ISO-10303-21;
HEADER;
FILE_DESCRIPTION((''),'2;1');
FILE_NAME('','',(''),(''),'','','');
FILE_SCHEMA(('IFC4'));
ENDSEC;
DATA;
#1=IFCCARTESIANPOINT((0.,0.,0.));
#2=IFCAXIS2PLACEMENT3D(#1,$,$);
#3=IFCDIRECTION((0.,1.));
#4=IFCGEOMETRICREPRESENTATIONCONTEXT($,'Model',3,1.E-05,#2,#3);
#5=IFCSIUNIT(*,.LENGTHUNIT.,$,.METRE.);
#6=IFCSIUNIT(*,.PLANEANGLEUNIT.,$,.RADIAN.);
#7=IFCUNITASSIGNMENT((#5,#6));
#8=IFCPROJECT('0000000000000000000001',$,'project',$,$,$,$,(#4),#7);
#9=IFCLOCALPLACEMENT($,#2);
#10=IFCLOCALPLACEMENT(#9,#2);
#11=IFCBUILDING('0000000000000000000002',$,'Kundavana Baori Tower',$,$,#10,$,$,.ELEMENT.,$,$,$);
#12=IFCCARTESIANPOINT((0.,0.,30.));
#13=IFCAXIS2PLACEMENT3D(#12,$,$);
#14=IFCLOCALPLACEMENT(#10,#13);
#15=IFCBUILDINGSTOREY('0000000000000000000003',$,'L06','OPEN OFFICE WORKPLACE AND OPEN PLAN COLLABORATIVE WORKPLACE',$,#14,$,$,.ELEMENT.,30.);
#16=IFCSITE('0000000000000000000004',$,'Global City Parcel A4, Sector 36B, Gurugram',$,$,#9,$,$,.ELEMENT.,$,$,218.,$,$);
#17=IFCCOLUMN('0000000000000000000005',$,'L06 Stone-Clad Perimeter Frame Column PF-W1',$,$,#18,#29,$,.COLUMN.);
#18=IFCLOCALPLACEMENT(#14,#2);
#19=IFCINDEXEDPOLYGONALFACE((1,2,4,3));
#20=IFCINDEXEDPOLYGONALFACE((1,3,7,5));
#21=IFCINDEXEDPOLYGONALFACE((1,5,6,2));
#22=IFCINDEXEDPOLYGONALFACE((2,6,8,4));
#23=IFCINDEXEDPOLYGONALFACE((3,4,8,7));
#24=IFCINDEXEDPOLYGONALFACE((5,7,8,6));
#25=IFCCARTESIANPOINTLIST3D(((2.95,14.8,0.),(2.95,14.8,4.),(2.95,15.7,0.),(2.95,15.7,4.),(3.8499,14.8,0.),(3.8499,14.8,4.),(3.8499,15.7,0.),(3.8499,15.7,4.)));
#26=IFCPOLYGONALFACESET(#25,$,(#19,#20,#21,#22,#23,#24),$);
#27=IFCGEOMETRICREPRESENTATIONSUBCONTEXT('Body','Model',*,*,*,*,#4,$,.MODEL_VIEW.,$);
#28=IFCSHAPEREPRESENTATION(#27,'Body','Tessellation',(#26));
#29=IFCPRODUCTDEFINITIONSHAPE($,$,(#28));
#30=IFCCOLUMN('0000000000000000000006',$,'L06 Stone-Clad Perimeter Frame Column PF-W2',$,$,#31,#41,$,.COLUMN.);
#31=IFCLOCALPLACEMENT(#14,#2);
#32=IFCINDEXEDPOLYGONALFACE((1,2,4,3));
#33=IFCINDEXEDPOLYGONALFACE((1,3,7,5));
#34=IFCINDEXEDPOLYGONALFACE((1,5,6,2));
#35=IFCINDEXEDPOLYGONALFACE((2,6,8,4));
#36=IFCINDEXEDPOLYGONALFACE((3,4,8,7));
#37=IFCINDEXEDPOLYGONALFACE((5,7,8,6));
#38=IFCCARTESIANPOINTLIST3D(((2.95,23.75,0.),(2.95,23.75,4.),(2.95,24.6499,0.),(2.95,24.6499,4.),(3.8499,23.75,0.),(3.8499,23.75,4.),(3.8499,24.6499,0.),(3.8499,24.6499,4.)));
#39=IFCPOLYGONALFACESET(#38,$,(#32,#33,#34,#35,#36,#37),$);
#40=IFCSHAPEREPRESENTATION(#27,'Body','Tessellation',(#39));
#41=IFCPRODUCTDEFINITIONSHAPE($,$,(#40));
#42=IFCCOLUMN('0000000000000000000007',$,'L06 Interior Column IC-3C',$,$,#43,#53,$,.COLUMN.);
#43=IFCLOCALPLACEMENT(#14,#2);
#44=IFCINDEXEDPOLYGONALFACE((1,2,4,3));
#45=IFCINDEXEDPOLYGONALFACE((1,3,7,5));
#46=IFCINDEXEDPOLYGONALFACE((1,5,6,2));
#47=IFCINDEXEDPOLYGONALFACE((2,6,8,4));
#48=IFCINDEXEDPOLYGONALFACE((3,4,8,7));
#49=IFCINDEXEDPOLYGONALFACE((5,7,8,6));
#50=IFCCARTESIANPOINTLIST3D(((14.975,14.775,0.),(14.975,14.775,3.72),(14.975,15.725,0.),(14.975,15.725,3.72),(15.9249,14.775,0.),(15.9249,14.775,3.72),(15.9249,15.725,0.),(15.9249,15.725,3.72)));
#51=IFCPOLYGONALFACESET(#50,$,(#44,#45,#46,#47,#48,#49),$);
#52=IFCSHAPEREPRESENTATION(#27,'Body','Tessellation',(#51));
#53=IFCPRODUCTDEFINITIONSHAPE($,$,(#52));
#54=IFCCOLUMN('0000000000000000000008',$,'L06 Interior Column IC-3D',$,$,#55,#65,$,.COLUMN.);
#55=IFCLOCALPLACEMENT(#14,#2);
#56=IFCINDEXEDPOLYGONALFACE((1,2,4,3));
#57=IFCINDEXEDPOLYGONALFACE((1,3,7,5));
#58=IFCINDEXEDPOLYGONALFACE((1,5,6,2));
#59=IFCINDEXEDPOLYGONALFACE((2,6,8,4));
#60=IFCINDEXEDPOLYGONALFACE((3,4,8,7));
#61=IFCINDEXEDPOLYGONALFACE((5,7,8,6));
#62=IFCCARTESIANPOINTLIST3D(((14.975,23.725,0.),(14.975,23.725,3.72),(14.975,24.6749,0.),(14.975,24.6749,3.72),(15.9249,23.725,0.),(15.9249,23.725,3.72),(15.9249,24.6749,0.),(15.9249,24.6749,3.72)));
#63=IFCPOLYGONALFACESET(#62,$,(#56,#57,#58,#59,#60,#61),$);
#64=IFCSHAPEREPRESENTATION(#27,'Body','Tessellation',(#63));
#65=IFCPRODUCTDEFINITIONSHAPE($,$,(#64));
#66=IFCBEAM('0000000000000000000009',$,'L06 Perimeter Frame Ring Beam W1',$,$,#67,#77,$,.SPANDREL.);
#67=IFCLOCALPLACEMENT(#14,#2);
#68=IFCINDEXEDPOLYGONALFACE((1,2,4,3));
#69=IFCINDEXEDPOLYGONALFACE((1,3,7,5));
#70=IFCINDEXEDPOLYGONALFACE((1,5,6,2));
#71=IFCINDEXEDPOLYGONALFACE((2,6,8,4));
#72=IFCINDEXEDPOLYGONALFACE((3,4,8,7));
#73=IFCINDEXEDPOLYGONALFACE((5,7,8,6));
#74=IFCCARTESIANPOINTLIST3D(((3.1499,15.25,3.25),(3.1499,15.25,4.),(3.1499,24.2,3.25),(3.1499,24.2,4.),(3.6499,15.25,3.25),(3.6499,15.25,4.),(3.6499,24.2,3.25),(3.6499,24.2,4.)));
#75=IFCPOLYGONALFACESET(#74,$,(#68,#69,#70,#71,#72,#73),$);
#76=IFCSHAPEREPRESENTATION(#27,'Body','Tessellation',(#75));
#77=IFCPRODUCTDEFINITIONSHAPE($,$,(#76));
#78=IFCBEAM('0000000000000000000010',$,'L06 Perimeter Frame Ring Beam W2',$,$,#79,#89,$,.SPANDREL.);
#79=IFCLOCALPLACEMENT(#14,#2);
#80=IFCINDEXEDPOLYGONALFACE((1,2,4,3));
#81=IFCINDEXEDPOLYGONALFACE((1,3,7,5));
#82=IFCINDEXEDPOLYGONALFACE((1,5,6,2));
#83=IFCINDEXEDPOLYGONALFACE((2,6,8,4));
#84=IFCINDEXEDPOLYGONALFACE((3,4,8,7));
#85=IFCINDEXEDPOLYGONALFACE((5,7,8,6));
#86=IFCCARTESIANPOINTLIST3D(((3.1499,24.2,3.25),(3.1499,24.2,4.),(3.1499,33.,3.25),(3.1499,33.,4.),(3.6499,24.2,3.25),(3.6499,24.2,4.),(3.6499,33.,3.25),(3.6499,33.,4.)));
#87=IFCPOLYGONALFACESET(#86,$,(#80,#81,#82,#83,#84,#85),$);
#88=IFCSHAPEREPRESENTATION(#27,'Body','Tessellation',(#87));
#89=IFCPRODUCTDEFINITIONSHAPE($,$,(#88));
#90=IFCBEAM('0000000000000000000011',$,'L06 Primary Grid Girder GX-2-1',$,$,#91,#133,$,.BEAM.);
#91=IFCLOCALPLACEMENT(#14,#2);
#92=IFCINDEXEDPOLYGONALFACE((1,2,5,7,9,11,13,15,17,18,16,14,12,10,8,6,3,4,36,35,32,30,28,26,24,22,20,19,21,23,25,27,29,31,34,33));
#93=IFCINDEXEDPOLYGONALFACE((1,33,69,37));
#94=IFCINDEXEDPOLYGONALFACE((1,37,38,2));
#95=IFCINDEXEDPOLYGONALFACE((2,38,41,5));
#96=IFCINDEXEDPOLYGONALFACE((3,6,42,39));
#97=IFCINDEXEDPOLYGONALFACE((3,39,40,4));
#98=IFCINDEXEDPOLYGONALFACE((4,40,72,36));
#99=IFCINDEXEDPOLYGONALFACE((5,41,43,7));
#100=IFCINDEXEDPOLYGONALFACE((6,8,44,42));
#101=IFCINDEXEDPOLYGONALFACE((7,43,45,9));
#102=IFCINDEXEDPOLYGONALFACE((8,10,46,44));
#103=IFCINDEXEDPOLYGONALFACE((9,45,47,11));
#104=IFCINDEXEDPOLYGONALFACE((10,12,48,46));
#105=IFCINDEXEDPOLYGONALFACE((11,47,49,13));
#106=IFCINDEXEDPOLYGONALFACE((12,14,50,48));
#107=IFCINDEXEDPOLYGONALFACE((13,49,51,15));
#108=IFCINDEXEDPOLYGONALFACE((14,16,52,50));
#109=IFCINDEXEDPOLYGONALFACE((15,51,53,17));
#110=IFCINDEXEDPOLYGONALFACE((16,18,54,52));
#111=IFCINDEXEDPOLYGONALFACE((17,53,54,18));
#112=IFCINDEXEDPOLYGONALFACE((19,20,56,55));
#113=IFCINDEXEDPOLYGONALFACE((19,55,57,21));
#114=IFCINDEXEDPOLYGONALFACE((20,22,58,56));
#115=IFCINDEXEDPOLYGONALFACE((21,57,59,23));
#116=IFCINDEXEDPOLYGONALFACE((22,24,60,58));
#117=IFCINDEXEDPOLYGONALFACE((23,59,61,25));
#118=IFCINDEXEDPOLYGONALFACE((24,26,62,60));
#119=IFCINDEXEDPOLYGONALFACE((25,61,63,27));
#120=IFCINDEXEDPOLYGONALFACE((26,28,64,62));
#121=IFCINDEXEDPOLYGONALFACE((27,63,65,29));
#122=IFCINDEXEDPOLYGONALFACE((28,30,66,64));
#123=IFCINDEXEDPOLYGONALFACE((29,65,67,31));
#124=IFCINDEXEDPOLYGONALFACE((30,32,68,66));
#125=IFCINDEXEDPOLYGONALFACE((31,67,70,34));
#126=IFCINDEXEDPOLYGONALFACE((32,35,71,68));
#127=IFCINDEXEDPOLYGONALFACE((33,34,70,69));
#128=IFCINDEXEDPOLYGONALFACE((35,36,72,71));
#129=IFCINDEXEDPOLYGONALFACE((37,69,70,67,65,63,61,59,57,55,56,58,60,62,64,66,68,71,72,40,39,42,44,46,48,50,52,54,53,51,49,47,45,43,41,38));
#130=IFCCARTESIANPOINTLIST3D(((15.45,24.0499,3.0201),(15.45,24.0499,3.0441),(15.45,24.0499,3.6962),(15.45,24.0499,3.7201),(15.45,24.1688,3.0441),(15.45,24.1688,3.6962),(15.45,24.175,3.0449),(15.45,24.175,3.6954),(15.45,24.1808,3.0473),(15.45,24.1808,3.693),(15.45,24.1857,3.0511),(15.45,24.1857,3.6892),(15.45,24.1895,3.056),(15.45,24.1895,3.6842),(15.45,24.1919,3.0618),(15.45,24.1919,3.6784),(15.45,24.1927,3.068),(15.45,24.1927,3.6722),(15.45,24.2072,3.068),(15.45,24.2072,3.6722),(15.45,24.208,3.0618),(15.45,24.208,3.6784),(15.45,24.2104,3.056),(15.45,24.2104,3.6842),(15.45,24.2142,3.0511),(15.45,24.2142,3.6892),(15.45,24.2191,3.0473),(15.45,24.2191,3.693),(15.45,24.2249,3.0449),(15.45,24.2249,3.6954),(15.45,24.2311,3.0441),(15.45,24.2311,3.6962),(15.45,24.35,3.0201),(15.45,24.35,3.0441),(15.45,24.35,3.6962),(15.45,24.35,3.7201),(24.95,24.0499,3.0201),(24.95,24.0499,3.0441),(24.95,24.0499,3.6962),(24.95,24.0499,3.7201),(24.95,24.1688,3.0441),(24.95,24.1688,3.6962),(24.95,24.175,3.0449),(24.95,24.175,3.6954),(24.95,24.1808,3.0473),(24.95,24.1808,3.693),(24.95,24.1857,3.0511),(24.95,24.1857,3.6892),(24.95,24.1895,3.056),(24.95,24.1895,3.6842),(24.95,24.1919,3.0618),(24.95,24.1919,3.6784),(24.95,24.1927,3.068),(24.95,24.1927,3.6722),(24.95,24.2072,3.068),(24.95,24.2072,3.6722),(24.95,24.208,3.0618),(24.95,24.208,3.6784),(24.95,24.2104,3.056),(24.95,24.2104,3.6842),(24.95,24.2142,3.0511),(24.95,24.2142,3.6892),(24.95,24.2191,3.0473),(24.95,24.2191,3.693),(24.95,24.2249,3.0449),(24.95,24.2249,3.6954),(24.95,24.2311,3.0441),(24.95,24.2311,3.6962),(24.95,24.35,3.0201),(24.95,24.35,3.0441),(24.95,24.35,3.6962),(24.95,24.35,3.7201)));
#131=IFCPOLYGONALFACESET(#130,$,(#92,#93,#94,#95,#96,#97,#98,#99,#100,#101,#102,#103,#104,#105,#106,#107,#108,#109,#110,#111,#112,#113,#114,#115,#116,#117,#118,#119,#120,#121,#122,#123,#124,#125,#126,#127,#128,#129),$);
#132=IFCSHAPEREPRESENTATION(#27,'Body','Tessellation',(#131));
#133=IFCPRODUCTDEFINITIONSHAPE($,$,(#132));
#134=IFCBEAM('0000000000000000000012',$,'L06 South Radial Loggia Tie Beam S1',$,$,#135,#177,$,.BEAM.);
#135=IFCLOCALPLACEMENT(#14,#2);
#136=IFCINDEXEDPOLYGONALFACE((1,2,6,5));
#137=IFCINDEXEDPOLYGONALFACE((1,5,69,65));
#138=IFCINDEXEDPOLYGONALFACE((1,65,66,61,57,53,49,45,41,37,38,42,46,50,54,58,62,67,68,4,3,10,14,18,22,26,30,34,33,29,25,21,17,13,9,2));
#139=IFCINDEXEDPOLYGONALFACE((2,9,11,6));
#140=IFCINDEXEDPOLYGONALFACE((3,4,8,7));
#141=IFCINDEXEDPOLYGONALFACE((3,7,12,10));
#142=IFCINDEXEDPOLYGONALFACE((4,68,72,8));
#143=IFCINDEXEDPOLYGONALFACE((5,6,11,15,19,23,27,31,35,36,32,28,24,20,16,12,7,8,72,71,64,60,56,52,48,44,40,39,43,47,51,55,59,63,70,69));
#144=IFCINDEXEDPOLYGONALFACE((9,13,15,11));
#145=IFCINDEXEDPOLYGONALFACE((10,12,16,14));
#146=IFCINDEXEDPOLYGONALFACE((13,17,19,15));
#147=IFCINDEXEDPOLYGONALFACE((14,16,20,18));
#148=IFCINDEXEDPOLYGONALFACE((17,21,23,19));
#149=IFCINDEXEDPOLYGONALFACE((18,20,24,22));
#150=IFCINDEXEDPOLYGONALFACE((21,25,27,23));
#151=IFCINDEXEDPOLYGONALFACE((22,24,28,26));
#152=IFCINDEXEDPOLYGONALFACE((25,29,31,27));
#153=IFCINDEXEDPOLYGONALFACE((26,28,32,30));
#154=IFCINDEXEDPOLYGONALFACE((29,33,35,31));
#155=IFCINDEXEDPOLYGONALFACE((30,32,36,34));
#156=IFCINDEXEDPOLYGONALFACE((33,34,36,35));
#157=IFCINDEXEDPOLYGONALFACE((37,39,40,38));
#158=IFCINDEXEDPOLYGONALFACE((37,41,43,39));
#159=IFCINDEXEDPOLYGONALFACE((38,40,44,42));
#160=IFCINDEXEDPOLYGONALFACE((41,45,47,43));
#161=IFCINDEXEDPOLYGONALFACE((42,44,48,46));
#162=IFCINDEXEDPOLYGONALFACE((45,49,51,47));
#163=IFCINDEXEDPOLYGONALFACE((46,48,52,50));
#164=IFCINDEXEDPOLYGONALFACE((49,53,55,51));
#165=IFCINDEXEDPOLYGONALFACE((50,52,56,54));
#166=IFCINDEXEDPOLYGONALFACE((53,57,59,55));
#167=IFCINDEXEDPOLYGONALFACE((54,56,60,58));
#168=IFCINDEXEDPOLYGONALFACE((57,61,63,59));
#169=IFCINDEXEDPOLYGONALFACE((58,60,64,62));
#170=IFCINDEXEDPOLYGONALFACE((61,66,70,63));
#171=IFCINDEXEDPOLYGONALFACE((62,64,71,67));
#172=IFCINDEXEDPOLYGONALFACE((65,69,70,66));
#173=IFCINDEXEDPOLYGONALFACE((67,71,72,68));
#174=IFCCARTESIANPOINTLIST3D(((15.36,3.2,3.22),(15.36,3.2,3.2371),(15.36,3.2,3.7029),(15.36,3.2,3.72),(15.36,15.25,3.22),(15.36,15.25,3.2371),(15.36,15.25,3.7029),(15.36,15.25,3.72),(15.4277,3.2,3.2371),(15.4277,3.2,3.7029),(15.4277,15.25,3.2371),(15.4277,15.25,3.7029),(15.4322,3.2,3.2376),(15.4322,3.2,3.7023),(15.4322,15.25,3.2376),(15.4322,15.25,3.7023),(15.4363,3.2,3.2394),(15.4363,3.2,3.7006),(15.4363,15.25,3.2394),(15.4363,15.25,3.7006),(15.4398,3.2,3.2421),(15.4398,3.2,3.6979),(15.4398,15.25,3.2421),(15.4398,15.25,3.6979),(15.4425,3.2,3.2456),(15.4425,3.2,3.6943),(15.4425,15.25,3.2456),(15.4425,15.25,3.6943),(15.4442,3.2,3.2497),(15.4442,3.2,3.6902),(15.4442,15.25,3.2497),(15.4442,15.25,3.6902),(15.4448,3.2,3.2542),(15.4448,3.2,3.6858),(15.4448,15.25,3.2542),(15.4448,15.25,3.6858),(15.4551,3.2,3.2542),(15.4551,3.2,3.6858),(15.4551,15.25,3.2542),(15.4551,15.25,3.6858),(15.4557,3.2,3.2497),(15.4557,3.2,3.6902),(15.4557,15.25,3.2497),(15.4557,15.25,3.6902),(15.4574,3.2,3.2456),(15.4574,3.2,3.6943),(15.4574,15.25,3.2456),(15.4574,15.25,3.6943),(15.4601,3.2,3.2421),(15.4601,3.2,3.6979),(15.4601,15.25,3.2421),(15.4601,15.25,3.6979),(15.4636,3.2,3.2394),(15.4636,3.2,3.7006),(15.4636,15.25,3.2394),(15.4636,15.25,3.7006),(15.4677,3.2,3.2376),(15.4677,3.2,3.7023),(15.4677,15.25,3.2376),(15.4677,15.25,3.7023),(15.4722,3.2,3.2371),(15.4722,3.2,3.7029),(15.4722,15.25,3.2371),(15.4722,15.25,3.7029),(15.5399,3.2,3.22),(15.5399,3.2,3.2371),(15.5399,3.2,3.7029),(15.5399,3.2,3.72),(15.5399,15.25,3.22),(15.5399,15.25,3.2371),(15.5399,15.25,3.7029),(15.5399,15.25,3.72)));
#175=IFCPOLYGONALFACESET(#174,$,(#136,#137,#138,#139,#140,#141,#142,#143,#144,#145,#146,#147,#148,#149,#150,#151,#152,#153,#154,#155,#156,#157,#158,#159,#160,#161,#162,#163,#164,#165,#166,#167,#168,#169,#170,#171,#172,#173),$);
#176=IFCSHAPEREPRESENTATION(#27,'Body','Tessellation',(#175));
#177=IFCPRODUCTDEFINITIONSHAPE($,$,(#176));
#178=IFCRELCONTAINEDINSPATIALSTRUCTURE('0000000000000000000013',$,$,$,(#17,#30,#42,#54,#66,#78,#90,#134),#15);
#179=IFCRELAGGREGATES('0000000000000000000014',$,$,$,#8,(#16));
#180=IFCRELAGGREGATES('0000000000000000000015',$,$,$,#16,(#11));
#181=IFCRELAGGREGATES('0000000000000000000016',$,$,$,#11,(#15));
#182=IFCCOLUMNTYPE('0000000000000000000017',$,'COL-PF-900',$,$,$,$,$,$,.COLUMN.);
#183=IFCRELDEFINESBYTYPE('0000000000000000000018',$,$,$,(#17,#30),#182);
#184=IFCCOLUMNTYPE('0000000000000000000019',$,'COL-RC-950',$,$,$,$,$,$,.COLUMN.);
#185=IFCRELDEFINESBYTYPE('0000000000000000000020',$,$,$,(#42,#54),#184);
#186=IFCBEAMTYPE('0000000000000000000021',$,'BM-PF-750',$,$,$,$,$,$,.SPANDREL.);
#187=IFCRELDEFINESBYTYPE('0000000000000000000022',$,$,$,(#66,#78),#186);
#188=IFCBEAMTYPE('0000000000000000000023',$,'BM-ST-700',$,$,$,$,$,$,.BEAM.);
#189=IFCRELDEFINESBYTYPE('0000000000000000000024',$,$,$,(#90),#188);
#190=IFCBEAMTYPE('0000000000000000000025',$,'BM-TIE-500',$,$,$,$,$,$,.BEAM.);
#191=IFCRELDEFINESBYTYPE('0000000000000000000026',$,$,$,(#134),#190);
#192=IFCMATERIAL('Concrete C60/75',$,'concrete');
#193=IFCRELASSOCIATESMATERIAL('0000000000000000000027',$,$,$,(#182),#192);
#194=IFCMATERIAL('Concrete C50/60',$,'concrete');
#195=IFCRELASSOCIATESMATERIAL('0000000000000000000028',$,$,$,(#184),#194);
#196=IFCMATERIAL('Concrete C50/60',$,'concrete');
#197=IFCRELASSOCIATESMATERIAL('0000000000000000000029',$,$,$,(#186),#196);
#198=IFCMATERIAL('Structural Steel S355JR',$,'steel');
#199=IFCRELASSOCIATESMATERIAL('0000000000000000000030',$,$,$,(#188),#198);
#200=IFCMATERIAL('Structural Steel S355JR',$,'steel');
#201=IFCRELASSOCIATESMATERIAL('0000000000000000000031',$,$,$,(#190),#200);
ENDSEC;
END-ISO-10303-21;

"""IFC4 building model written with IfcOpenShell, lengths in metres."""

from ifc_helpers import new_model, si_unit, direction, frame, origin, origin_2d, place, context, subcontext, project, spatial, rectangle, i_section, extrude, material, material_profile, profile_set, type_object, element, save


model = new_model("IFC4")

# Units and contexts
model_context = context("Model", 3, precision=1e-05, world=origin(), true_north=direction((0.0, 1.0)))
body_context = subcontext(model_context, "Body", "Model", "MODEL_VIEW")
ifc_project = project(units=[si_unit("LENGTHUNIT", "METRE"), si_unit("PLANEANGLEUNIT", "RADIAN")], contexts=[model_context])

# Site, building, storey
site_placement = place(None, origin())
site = spatial("IfcSite", under=ifc_project, at=site_placement, Name="Global City Parcel A4, Sector 36B, Gurugram", CompositionType="ELEMENT", RefElevation=218.0)
building_placement = place(site_placement, origin())
building = spatial("IfcBuilding", under=site, at=building_placement, Name="Kundavana Baori Tower", CompositionType="ELEMENT")
storey_placement = place(building_placement, frame((0.0, 0.0, 30.0)))
storey = spatial("IfcBuildingStorey", under=building, at=storey_placement, Name="L06", Description="OPEN OFFICE WORKPLACE AND OPEN PLAN COLLABORATIVE WORKPLACE", CompositionType="ELEMENT", Elevation=30.0)

# Columns
ifc_material_1 = material(Name="Concrete C60/75", Category="concrete")
ifc_material_profile_1 = material_profile(ifc_material_1, rectangle(XDim=0.8999, YDim=0.8999, at=origin_2d()), Name="RC PF 900x900")
ifc_profile_set_1 = profile_set([ifc_material_profile_1], Name="Concrete C60/75")
column_type_1 = type_object("IfcColumnType", Name="COL-PF-900", PredefinedType="COLUMN", material=ifc_profile_set_1)
for number, where, z_axis, x_axis, name in (
    (1, (3.3999, 15.25, 0.0), (0.0, 0.0, 1.0), (1.0, 0.0, 0.0), "L06 Stone-Clad Perimeter Frame Column PF-W1"),
    (2, (3.3999, 24.2, 0.0), (0.0, 0.0, 1.0), (1.0, 0.0, 0.0), "L06 Stone-Clad Perimeter Frame Column PF-W2"),
):
    element("IfcColumn", number, at=place(storey_placement, frame(where, z_axis=z_axis, x_axis=x_axis)), inside=storey, type_object=column_type_1, Name=name, PredefinedType="COLUMN", context=body_context, shape_type="SweptSolid", body=[
        extrude(rectangle(XDim=0.8999, YDim=0.8999, at=origin_2d()), origin(), (0.0, 0.0, 1.0), 4.0),
    ])
ifc_material_2 = material(Name="Concrete C50/60", Category="concrete")
ifc_material_profile_2 = material_profile(ifc_material_2, rectangle(XDim=0.95, YDim=0.95, at=origin_2d()), Name="RC 950x950")
ifc_profile_set_2 = profile_set([ifc_material_profile_2], Name="Concrete C50/60")
column_type_2 = type_object("IfcColumnType", Name="COL-RC-950", PredefinedType="COLUMN", material=ifc_profile_set_2)
for number, where, z_axis, x_axis, name in (
    (3, (15.45, 15.25, 0.0), (0.0, 0.0, 1.0), (1.0, 0.0, 0.0), "L06 Interior Column IC-3C"),
    (4, (15.45, 24.2, 0.0), (0.0, 0.0, 1.0), (1.0, 0.0, 0.0), "L06 Interior Column IC-3D"),
):
    element("IfcColumn", number, at=place(storey_placement, frame(where, z_axis=z_axis, x_axis=x_axis)), inside=storey, type_object=column_type_2, Name=name, PredefinedType="COLUMN", context=body_context, shape_type="SweptSolid", body=[
        extrude(rectangle(XDim=0.95, YDim=0.95, at=origin_2d()), origin(), (0.0, 0.0, 1.0), 3.72),
    ])

# Beams
ifc_material_3 = material(Name="Concrete C50/60", Category="concrete")
ifc_material_profile_3 = material_profile(ifc_material_3, rectangle(XDim=0.5, YDim=0.75, at=origin_2d()), Name="RC BM 500x750")
ifc_profile_set_3 = profile_set([ifc_material_profile_3], Name="Concrete C50/60")
beam_type_1 = type_object("IfcBeamType", Name="BM-PF-750", PredefinedType="SPANDREL", material=ifc_profile_set_3)
beam_1_placement = place(storey_placement, frame((3.3999, 15.25, 3.625), z_axis=(0.0, 1.0, 0.0), x_axis=(-1.0, 0.0, 0.0)))
element("IfcBeam", 5, at=beam_1_placement, inside=storey, type_object=beam_type_1, Name="L06 Perimeter Frame Ring Beam W1", PredefinedType="SPANDREL", context=body_context, shape_type="SweptSolid", body=[
    extrude(rectangle(XDim=0.5, YDim=0.75, at=origin_2d()), origin(), (0.0, 0.0, 1.0), 8.95),
])
beam_2_placement = place(storey_placement, frame((3.3999, 24.2, 3.625), z_axis=(0.0, 1.0, 0.0), x_axis=(-1.0, 0.0, 0.0)))
element("IfcBeam", 6, at=beam_2_placement, inside=storey, type_object=beam_type_1, Name="L06 Perimeter Frame Ring Beam W2", PredefinedType="SPANDREL", context=body_context, shape_type="SweptSolid", body=[
    extrude(rectangle(XDim=0.5, YDim=0.75, at=origin_2d()), origin(), (0.0, 0.0, 1.0), 8.8),
])
ifc_material_4 = material(Name="Structural Steel S355JR", Category="steel")
ifc_material_profile_4 = material_profile(ifc_material_4, i_section(OverallWidth=0.3, OverallDepth=0.7, WebThickness=0.0144, FlangeThickness=0.0239, FilletRadius=0.0239, at=origin_2d()), Name="NPB 700x300x170")
ifc_profile_set_4 = profile_set([ifc_material_profile_4], Name="Structural Steel S355JR")
beam_type_2 = type_object("IfcBeamType", Name="BM-ST-700", PredefinedType="BEAM", material=ifc_profile_set_4)
beam_3_placement = place(storey_placement, frame((15.45, 24.2, 3.3701), z_axis=(1.0, 0.0, 0.0), x_axis=(0.0, 1.0, 0.0)))
element("IfcBeam", 7, at=beam_3_placement, inside=storey, type_object=beam_type_2, Name="L06 Primary Grid Girder GX-2-1", PredefinedType="BEAM", context=body_context, shape_type="SweptSolid", body=[
    extrude(i_section(OverallWidth=0.3, OverallDepth=0.7, WebThickness=0.0144, FlangeThickness=0.0239, FilletRadius=0.0239, at=origin_2d()), origin(), (0.0, 0.0, 1.0), 9.5),
])
ifc_material_5 = material(Name="Structural Steel S355JR", Category="steel")
ifc_material_profile_5 = material_profile(ifc_material_5, i_section(OverallWidth=0.1799, OverallDepth=0.5, WebThickness=0.0103, FlangeThickness=0.0171, FilletRadius=0.0171, at=origin_2d()), Name="ISMB 500")
ifc_profile_set_5 = profile_set([ifc_material_profile_5], Name="Structural Steel S355JR")
beam_type_3 = type_object("IfcBeamType", Name="BM-TIE-500", PredefinedType="BEAM", material=ifc_profile_set_5)
for number, where, z_axis, x_axis, name in (
    (8, (15.45, 15.25, 3.47), (0.0, -1.0, 0.0), (1.0, 0.0, 0.0), "L06 South Radial Loggia Tie Beam S1"),
):
    element("IfcBeam", number, at=place(storey_placement, frame(where, z_axis=z_axis, x_axis=x_axis)), inside=storey, type_object=beam_type_3, Name=name, PredefinedType="BEAM", context=body_context, shape_type="SweptSolid", body=[
        extrude(i_section(OverallWidth=0.1799, OverallDepth=0.5, WebThickness=0.0103, FlangeThickness=0.0171, FilletRadius=0.0171, at=origin_2d()), origin(), (0.0, 0.0, 1.0), 12.05),
    ])

save(model, "model.ifc")
